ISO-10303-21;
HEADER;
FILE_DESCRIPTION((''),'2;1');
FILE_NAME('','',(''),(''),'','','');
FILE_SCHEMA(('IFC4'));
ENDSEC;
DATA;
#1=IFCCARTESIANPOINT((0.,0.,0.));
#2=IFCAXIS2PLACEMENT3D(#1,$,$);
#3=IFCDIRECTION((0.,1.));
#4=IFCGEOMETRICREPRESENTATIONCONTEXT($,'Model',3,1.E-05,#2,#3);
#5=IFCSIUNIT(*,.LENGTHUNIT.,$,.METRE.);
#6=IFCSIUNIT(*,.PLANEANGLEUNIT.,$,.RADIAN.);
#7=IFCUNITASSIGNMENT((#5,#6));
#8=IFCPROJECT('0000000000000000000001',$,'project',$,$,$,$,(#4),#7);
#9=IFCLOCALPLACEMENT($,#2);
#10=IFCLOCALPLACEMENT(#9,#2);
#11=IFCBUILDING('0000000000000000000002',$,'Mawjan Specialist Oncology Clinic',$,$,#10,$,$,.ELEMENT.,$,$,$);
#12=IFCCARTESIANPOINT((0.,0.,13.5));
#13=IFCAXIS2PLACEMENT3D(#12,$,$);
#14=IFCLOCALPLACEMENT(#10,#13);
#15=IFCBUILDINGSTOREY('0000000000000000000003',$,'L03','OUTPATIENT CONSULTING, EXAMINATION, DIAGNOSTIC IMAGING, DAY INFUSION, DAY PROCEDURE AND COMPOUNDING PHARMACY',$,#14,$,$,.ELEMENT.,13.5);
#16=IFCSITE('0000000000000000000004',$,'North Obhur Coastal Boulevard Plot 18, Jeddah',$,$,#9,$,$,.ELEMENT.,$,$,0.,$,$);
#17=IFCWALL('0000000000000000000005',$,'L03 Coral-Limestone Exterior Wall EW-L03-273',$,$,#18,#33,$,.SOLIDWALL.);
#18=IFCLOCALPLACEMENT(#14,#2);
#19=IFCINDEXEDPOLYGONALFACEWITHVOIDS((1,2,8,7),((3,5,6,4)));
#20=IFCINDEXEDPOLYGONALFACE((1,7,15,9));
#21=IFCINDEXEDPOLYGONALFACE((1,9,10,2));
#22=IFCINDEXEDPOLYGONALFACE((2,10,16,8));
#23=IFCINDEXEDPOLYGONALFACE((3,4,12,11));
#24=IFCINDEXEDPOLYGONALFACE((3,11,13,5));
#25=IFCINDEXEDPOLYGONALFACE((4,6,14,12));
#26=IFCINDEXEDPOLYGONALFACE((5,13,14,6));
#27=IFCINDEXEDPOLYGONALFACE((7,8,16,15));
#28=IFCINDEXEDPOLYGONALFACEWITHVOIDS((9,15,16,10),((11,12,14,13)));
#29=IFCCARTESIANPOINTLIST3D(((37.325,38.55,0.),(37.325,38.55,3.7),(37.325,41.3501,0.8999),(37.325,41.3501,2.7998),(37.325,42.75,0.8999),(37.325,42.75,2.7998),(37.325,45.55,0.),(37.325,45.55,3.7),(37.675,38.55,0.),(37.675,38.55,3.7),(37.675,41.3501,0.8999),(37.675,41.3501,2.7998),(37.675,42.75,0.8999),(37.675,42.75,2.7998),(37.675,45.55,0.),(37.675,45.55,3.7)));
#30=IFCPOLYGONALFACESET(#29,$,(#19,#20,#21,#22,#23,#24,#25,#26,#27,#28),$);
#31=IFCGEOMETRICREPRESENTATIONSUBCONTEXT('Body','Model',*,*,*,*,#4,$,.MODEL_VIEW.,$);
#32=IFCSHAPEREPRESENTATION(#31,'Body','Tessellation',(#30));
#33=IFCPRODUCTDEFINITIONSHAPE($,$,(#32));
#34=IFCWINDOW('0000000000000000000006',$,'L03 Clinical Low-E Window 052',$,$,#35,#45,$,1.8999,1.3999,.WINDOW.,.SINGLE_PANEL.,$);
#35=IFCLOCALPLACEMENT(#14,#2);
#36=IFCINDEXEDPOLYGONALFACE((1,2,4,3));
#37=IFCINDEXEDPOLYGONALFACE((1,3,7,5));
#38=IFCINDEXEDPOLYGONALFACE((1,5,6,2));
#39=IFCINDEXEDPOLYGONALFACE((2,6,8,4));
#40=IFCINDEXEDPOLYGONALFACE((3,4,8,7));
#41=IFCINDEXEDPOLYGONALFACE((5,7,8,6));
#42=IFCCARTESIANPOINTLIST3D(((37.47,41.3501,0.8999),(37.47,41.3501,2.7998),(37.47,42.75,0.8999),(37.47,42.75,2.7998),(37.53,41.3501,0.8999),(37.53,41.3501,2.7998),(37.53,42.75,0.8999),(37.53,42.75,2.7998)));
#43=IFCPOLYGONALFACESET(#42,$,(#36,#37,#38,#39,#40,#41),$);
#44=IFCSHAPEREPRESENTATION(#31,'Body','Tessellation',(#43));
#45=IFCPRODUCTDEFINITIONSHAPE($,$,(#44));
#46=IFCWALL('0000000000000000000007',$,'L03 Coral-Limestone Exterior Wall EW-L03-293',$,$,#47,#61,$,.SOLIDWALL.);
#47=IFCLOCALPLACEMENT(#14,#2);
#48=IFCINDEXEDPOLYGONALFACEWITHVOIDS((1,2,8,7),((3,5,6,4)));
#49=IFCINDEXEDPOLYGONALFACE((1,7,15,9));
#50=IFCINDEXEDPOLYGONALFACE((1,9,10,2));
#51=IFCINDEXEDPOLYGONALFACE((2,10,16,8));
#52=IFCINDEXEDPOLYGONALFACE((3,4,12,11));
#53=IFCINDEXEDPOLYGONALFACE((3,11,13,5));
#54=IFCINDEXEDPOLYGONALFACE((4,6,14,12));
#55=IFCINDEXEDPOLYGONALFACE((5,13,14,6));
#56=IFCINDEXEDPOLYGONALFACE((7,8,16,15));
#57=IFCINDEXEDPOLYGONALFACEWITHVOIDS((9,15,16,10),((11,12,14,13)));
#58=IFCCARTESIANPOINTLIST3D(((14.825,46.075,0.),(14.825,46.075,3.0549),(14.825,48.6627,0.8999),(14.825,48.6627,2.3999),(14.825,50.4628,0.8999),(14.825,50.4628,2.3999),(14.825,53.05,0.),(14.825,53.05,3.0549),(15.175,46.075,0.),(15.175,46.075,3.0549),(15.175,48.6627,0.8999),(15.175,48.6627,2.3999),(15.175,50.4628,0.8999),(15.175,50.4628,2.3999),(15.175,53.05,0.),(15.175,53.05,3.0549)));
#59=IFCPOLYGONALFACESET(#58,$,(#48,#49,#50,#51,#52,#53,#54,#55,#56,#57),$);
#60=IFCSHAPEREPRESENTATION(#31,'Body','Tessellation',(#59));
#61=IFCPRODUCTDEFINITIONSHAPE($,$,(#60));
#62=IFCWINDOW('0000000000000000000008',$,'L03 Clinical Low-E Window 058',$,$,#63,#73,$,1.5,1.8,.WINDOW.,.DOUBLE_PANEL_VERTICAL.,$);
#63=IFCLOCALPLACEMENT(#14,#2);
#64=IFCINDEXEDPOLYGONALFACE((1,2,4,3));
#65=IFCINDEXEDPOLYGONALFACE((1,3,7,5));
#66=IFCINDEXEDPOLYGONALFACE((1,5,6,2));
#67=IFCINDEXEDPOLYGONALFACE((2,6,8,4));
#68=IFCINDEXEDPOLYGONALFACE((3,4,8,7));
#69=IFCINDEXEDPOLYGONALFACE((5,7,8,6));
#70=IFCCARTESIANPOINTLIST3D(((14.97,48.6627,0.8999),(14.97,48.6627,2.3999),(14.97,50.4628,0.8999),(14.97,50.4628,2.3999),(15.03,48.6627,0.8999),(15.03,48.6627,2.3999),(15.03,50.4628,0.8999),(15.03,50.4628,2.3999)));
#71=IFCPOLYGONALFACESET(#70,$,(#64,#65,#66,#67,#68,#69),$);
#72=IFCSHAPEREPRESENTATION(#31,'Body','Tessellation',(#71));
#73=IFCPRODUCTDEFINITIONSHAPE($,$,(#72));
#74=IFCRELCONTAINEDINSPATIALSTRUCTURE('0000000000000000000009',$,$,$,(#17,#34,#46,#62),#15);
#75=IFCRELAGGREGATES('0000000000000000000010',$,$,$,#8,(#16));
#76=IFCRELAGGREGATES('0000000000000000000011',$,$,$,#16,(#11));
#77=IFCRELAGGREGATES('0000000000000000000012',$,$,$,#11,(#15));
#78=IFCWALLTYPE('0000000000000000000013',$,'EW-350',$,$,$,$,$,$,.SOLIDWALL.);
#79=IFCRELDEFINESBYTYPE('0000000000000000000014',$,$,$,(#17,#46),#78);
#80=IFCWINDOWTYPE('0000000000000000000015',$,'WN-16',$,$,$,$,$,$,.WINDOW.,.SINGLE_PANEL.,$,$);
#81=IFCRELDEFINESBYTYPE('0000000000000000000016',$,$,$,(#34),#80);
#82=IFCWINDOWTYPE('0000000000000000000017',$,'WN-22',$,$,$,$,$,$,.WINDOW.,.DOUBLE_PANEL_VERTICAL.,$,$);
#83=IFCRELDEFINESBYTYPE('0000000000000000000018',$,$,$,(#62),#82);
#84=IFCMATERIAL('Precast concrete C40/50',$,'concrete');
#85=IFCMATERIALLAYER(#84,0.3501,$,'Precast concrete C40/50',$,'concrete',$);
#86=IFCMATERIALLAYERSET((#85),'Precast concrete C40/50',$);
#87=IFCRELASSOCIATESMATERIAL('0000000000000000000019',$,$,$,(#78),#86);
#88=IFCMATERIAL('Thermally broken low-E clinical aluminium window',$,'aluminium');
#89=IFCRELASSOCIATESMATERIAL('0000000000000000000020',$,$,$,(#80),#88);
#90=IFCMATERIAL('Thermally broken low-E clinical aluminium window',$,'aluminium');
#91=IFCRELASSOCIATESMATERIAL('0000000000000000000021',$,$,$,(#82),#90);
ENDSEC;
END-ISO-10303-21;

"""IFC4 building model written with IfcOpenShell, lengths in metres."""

from ifc_helpers import new_model, si_unit, direction, frame, frame_2d, origin, place, context, subcontext, project, spatial, rectangle, extrude, material, layer, layer_set, type_object, element, fill, save


model = new_model("IFC4")

# Units and contexts
model_context = context("Model", 3, precision=1e-05, world=origin(), true_north=direction((0.0, 1.0)))
body_context = subcontext(model_context, "Body", "Model", "MODEL_VIEW")
ifc_project = project(units=[si_unit("LENGTHUNIT", "METRE"), si_unit("PLANEANGLEUNIT", "RADIAN")], contexts=[model_context])

# Site, building, storey
site_placement = place(None, origin())
site = spatial("IfcSite", under=ifc_project, at=site_placement, Name="North Obhur Coastal Boulevard Plot 18, Jeddah", CompositionType="ELEMENT", RefElevation=0.0)
building_placement = place(site_placement, origin())
building = spatial("IfcBuilding", under=site, at=building_placement, Name="Mawjan Specialist Oncology Clinic", CompositionType="ELEMENT")
storey_placement = place(building_placement, frame((0.0, 0.0, 13.5)))
storey = spatial("IfcBuildingStorey", under=building, at=storey_placement, Name="L03", Description="OUTPATIENT CONSULTING, EXAMINATION, DIAGNOSTIC IMAGING, DAY INFUSION, DAY PROCEDURE AND COMPOUNDING PHARMACY", CompositionType="ELEMENT", Elevation=13.5)

# Shared definitions
ifc_material_1 = material(Name="Precast concrete C40/50", Category="concrete")
ifc_layer = layer(ifc_material_1, 0.3501, Name="Precast concrete C40/50", Category="concrete")
ifc_layer_set = layer_set([ifc_layer], Name="Precast concrete C40/50")
wall_type = type_object("IfcWallType", Name="EW-350", PredefinedType="SOLIDWALL", material=ifc_layer_set)

# Walls, openings, windows
wall_1_placement = place(storey_placement, frame((37.5, 45.55, 0.0), z_axis=(0.0, 0.0, 1.0), x_axis=(0.0, -1.0, 0.0)))
wall_1 = element("IfcWall", 1, at=wall_1_placement, inside=storey, type_object=wall_type, Name="L03 Coral-Limestone Exterior Wall EW-L03-273", PredefinedType="SOLIDWALL", context=body_context, shape_type="SweptSolid", body=[
    extrude(rectangle(XDim=7.0, YDim=0.3501, at=frame_2d((3.5, 0.0))), origin(), (0.0, 0.0, 1.0), 3.7),
])
opening_1_placement = place(wall_1_placement, frame((2.8, 0.0, 0.8999)))
opening_1 = element("IfcOpeningElement", 2, at=opening_1_placement, cuts=wall_1, PredefinedType="OPENING", context=body_context, shape_type="SweptSolid", body=[
    extrude(rectangle(XDim=1.3999, YDim=1.8999, at=frame_2d((0.7, 0.95))), frame((0.0, 0.187, 0.0), z_axis=(0.0, -1.0, 0.0), x_axis=(1.0, 0.0, 0.0)), (0.0, 0.0, 1.0), 0.374),
])
ifc_material_2 = material(Name="Thermally broken low-E clinical aluminium window", Category="aluminium")
window_type_1 = type_object("IfcWindowType", Name="WN-16", PartitioningType="SINGLE_PANEL", PredefinedType="WINDOW", material=ifc_material_2)
window_1_placement = place(opening_1_placement, origin())
window_1 = element("IfcWindow", 3, at=window_1_placement, inside=storey, type_object=window_type_1, Name="L03 Clinical Low-E Window 052", OverallHeight=1.8999, OverallWidth=1.3999, PartitioningType="SINGLE_PANEL", PredefinedType="WINDOW", context=body_context, shape_type="SweptSolid", body=[
    extrude(rectangle(XDim=1.3999, YDim=1.8999, at=frame_2d((0.7, 0.95))), frame((0.0, 0.03, 0.0), z_axis=(0.0, -1.0, 0.0), x_axis=(1.0, 0.0, 0.0)), (0.0, 0.0, 1.0), 0.0601),
])
fill(opening_1, window_1)
wall_2_placement = place(storey_placement, frame((15.0, 53.05, 0.0), z_axis=(0.0, 0.0, 1.0), x_axis=(0.0, -1.0, 0.0)))
wall_2 = element("IfcWall", 4, at=wall_2_placement, inside=storey, type_object=wall_type, Name="L03 Coral-Limestone Exterior Wall EW-L03-293", PredefinedType="SOLIDWALL", context=body_context, shape_type="SweptSolid", body=[
    extrude(rectangle(XDim=6.9751, YDim=0.3501, at=frame_2d((3.4875, 0.0))), origin(), (0.0, 0.0, 1.0), 3.0549),
])
opening_2_placement = place(wall_2_placement, frame((2.5874, 0.0, 0.8999)))
opening_2 = element("IfcOpeningElement", 5, at=opening_2_placement, cuts=wall_2, PredefinedType="OPENING", context=body_context, shape_type="SweptSolid", body=[
    extrude(rectangle(XDim=1.8, YDim=1.5, at=frame_2d((0.8999, 0.75))), frame((0.0, 0.187, 0.0), z_axis=(0.0, -1.0, 0.0), x_axis=(1.0, 0.0, 0.0)), (0.0, 0.0, 1.0), 0.374),
])
ifc_material_3 = material(Name="Thermally broken low-E clinical aluminium window", Category="aluminium")
window_type_2 = type_object("IfcWindowType", Name="WN-22", PartitioningType="DOUBLE_PANEL_VERTICAL", PredefinedType="WINDOW", material=ifc_material_3)
window_2_placement = place(opening_2_placement, origin())
window_2 = element("IfcWindow", 6, at=window_2_placement, inside=storey, type_object=window_type_2, Name="L03 Clinical Low-E Window 058", OverallHeight=1.5, OverallWidth=1.8, PartitioningType="DOUBLE_PANEL_VERTICAL", PredefinedType="WINDOW", context=body_context, shape_type="SweptSolid", body=[
    extrude(rectangle(XDim=1.8, YDim=1.5, at=frame_2d((0.8999, 0.75))), frame((0.0, 0.03, 0.0), z_axis=(0.0, -1.0, 0.0), x_axis=(1.0, 0.0, 0.0)), (0.0, 0.0, 1.0), 0.0601),
])
fill(opening_2, window_2)

save(model, "model.ifc")
